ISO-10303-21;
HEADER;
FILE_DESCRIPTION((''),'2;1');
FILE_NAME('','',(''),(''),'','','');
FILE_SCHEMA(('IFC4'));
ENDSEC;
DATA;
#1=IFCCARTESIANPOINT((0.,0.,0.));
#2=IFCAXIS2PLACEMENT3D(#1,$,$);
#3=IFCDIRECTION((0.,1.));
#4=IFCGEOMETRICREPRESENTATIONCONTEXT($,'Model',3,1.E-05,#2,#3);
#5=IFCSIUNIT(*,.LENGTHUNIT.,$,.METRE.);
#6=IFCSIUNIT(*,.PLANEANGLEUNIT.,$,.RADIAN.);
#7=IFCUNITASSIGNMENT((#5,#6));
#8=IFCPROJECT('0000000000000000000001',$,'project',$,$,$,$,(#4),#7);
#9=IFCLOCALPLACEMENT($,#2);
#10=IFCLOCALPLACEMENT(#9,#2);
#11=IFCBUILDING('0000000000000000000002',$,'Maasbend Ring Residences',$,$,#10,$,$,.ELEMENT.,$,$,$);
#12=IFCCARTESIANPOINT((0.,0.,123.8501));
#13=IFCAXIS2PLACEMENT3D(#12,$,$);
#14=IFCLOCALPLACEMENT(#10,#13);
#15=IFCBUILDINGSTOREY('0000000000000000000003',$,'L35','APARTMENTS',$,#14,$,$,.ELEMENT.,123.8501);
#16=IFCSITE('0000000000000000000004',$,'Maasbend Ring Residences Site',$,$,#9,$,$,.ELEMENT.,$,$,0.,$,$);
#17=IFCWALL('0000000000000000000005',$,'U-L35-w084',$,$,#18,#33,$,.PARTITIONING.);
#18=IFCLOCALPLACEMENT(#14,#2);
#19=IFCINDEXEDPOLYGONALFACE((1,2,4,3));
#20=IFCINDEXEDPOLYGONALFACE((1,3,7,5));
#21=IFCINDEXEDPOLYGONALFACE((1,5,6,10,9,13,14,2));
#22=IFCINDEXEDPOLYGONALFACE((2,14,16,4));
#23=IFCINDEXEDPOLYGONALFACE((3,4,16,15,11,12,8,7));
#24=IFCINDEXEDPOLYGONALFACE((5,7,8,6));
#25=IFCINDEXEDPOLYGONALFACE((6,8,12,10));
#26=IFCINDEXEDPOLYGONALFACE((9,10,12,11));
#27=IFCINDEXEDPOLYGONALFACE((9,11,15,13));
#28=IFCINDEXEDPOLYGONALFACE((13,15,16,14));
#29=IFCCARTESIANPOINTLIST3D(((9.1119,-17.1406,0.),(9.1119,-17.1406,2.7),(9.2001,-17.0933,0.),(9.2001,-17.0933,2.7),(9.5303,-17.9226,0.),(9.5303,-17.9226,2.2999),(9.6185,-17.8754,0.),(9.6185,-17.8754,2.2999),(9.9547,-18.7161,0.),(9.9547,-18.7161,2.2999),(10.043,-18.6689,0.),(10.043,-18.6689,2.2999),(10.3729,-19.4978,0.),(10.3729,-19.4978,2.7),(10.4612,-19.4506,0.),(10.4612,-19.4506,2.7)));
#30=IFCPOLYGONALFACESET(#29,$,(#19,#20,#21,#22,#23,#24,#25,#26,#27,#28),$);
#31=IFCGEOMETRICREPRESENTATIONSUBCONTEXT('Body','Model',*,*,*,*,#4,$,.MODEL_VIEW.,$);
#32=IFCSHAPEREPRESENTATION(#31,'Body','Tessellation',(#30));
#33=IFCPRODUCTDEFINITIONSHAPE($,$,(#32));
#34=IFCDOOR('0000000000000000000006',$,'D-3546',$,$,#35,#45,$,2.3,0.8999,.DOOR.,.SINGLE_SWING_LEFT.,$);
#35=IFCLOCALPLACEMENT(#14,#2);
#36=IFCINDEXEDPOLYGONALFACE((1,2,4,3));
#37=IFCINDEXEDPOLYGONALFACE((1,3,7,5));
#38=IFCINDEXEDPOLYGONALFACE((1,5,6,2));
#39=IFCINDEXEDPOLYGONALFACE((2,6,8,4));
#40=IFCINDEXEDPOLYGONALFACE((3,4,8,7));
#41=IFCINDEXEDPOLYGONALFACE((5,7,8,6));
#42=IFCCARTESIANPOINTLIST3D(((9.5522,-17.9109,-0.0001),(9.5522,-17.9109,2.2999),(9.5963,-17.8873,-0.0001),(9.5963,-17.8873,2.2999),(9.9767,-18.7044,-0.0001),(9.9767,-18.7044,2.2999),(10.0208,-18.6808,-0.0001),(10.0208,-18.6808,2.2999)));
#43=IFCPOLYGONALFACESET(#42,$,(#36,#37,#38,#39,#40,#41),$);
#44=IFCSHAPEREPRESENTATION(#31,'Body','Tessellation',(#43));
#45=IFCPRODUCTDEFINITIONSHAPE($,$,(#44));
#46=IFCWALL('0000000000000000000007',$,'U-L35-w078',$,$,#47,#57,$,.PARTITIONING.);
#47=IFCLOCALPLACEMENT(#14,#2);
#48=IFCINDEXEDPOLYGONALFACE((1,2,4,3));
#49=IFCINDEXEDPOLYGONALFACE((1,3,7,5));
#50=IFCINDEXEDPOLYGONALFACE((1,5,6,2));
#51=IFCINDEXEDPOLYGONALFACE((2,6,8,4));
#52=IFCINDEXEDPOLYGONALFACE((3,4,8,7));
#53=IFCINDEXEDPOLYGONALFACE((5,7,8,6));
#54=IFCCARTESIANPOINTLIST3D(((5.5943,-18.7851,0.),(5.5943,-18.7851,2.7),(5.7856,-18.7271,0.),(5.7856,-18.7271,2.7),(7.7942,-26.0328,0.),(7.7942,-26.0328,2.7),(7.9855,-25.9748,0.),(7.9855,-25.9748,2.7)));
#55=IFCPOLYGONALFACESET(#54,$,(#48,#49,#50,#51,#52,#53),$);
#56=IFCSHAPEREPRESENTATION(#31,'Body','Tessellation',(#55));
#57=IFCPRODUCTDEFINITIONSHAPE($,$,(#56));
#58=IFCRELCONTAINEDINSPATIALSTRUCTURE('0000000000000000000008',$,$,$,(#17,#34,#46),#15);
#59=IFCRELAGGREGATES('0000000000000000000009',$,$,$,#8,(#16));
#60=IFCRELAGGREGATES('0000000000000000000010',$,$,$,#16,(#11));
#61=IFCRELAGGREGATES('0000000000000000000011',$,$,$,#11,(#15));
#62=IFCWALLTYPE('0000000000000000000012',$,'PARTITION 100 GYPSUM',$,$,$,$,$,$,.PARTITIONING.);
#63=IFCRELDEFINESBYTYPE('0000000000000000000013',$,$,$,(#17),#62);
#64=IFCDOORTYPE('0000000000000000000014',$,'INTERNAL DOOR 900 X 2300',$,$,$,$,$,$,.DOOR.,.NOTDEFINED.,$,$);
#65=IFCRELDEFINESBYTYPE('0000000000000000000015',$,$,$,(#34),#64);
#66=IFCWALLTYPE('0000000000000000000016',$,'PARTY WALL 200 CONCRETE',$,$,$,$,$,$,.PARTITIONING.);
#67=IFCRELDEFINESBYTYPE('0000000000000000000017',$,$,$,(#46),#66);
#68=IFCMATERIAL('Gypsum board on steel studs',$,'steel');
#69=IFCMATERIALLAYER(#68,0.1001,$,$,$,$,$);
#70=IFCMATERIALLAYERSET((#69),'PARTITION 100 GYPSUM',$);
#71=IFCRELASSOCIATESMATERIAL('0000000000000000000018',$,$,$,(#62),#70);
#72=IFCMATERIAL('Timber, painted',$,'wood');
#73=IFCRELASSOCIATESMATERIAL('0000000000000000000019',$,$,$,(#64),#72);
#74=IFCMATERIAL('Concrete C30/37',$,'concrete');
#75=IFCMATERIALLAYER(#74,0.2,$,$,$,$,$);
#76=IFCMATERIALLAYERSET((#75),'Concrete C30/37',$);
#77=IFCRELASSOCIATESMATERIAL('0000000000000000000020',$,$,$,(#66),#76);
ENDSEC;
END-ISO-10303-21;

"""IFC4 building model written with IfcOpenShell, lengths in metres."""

from ifc_helpers import new_model, si_unit, direction, frame, frame_2d, origin, place, context, subcontext, project, spatial, rectangle, extrude, material, layer, layer_set, type_object, element, fill, save


model = new_model("IFC4")

# Units and contexts
model_context = context("Model", 3, precision=1e-05, world=origin(), true_north=direction((0.0, 1.0)))
body_context = subcontext(model_context, "Body", "Model", "MODEL_VIEW")
ifc_project = project(units=[si_unit("LENGTHUNIT", "METRE"), si_unit("PLANEANGLEUNIT", "RADIAN")], contexts=[model_context])

# Site, building, storey
site_placement = place(None, origin())
site = spatial("IfcSite", under=ifc_project, at=site_placement, Name="Maasbend Ring Residences Site", CompositionType="ELEMENT", RefElevation=0.0)
building_placement = place(site_placement, origin())
building = spatial("IfcBuilding", under=site, at=building_placement, Name="Maasbend Ring Residences", CompositionType="ELEMENT")
storey_placement = place(building_placement, frame((0.0, 0.0, 123.8501)))
storey = spatial("IfcBuildingStorey", under=building, at=storey_placement, Name="L35", Description="APARTMENTS", CompositionType="ELEMENT", Elevation=123.8501)

# Shared definitions
ifc_material_1 = material(Name="Gypsum board on steel studs", Category="steel")
ifc_layer_1 = layer(ifc_material_1, 0.1001)
ifc_layer_set_1 = layer_set([ifc_layer_1], Name="PARTITION 100 GYPSUM")
wall_type_1 = type_object("IfcWallType", Name="PARTITION 100 GYPSUM", PredefinedType="PARTITIONING", material=ifc_layer_set_1)
ifc_material_2 = material(Name="Timber, painted", Category="wood")
door_type_1 = type_object("IfcDoorType", Name="INTERNAL DOOR 900 X 2300", OperationType="NOTDEFINED", PredefinedType="DOOR", material=ifc_material_2)

# Wall, opening, door
wall_1_placement = place(storey_placement, frame((9.156, -17.1169, 0.0), z_axis=(0.0, 0.0, 1.0), x_axis=(0.471702, -0.881758, 0.0)))
wall_1 = element("IfcWall", 1, at=wall_1_placement, inside=storey, type_object=wall_type_1, Name="U-L35-w084", PredefinedType="PARTITIONING", context=body_context, shape_type="SweptSolid", body=[
    extrude(rectangle(XDim=2.6733, YDim=0.1001, at=frame_2d((1.3367, 0.0))), origin(), (0.0, 0.0, 1.0), 2.7),
])
opening_1_placement = place(wall_1_placement, frame((0.887, 0.0, 0.0)))
opening_1 = element("IfcOpeningElement", 2, at=opening_1_placement, cuts=wall_1, PredefinedType="OPENING", context=body_context, shape_type="SweptSolid", body=[
    extrude(rectangle(XDim=0.8999, YDim=2.3, at=frame_2d((0.45, 1.1499))), frame((0.0, 0.0601, 0.0), z_axis=(0.0, -1.0, 0.0), x_axis=(1.0, 0.0, 0.0)), (0.0, 0.0, 1.0), 0.1201),
])
door_1_placement = place(opening_1_placement, origin())
door_1 = element("IfcDoor", 3, at=door_1_placement, inside=storey, type_object=door_type_1, Name="D-3546", OperationType="SINGLE_SWING_LEFT", OverallHeight=2.3, OverallWidth=0.8999, PredefinedType="DOOR", context=body_context, shape_type="SweptSolid", body=[
    extrude(rectangle(XDim=0.8999, YDim=2.3, at=frame_2d((0.45, 1.1499))), frame((0.0, 0.0249, 0.0), z_axis=(0.0, -1.0, 0.0), x_axis=(1.0, 0.0, 0.0)), (0.0, 0.0, 1.0), 0.05),
])
fill(opening_1, door_1)

# Wall
ifc_material_3 = material(Name="Concrete C30/37", Category="concrete")
ifc_layer_2 = layer(ifc_material_3, 0.2)
ifc_layer_set_2 = layer_set([ifc_layer_2], Name="Concrete C30/37")
wall_type_2 = type_object("IfcWallType", Name="PARTY WALL 200 CONCRETE", PredefinedType="PARTITIONING", material=ifc_layer_set_2)
wall_2_placement = place(storey_placement, frame((5.6899, -18.7561, 0.0), z_axis=(0.0, 0.0, 1.0), x_axis=(0.290448, -0.956891, 0.0)))
element("IfcWall", 4, at=wall_2_placement, inside=storey, type_object=wall_type_2, Name="U-L35-w078", PredefinedType="PARTITIONING", context=body_context, shape_type="SweptSolid", body=[
    extrude(rectangle(XDim=7.5742, YDim=0.2, at=frame_2d((3.7871, 0.0))), origin(), (0.0, 0.0, 1.0), 2.7),
])

save(model, "model.ifc")
